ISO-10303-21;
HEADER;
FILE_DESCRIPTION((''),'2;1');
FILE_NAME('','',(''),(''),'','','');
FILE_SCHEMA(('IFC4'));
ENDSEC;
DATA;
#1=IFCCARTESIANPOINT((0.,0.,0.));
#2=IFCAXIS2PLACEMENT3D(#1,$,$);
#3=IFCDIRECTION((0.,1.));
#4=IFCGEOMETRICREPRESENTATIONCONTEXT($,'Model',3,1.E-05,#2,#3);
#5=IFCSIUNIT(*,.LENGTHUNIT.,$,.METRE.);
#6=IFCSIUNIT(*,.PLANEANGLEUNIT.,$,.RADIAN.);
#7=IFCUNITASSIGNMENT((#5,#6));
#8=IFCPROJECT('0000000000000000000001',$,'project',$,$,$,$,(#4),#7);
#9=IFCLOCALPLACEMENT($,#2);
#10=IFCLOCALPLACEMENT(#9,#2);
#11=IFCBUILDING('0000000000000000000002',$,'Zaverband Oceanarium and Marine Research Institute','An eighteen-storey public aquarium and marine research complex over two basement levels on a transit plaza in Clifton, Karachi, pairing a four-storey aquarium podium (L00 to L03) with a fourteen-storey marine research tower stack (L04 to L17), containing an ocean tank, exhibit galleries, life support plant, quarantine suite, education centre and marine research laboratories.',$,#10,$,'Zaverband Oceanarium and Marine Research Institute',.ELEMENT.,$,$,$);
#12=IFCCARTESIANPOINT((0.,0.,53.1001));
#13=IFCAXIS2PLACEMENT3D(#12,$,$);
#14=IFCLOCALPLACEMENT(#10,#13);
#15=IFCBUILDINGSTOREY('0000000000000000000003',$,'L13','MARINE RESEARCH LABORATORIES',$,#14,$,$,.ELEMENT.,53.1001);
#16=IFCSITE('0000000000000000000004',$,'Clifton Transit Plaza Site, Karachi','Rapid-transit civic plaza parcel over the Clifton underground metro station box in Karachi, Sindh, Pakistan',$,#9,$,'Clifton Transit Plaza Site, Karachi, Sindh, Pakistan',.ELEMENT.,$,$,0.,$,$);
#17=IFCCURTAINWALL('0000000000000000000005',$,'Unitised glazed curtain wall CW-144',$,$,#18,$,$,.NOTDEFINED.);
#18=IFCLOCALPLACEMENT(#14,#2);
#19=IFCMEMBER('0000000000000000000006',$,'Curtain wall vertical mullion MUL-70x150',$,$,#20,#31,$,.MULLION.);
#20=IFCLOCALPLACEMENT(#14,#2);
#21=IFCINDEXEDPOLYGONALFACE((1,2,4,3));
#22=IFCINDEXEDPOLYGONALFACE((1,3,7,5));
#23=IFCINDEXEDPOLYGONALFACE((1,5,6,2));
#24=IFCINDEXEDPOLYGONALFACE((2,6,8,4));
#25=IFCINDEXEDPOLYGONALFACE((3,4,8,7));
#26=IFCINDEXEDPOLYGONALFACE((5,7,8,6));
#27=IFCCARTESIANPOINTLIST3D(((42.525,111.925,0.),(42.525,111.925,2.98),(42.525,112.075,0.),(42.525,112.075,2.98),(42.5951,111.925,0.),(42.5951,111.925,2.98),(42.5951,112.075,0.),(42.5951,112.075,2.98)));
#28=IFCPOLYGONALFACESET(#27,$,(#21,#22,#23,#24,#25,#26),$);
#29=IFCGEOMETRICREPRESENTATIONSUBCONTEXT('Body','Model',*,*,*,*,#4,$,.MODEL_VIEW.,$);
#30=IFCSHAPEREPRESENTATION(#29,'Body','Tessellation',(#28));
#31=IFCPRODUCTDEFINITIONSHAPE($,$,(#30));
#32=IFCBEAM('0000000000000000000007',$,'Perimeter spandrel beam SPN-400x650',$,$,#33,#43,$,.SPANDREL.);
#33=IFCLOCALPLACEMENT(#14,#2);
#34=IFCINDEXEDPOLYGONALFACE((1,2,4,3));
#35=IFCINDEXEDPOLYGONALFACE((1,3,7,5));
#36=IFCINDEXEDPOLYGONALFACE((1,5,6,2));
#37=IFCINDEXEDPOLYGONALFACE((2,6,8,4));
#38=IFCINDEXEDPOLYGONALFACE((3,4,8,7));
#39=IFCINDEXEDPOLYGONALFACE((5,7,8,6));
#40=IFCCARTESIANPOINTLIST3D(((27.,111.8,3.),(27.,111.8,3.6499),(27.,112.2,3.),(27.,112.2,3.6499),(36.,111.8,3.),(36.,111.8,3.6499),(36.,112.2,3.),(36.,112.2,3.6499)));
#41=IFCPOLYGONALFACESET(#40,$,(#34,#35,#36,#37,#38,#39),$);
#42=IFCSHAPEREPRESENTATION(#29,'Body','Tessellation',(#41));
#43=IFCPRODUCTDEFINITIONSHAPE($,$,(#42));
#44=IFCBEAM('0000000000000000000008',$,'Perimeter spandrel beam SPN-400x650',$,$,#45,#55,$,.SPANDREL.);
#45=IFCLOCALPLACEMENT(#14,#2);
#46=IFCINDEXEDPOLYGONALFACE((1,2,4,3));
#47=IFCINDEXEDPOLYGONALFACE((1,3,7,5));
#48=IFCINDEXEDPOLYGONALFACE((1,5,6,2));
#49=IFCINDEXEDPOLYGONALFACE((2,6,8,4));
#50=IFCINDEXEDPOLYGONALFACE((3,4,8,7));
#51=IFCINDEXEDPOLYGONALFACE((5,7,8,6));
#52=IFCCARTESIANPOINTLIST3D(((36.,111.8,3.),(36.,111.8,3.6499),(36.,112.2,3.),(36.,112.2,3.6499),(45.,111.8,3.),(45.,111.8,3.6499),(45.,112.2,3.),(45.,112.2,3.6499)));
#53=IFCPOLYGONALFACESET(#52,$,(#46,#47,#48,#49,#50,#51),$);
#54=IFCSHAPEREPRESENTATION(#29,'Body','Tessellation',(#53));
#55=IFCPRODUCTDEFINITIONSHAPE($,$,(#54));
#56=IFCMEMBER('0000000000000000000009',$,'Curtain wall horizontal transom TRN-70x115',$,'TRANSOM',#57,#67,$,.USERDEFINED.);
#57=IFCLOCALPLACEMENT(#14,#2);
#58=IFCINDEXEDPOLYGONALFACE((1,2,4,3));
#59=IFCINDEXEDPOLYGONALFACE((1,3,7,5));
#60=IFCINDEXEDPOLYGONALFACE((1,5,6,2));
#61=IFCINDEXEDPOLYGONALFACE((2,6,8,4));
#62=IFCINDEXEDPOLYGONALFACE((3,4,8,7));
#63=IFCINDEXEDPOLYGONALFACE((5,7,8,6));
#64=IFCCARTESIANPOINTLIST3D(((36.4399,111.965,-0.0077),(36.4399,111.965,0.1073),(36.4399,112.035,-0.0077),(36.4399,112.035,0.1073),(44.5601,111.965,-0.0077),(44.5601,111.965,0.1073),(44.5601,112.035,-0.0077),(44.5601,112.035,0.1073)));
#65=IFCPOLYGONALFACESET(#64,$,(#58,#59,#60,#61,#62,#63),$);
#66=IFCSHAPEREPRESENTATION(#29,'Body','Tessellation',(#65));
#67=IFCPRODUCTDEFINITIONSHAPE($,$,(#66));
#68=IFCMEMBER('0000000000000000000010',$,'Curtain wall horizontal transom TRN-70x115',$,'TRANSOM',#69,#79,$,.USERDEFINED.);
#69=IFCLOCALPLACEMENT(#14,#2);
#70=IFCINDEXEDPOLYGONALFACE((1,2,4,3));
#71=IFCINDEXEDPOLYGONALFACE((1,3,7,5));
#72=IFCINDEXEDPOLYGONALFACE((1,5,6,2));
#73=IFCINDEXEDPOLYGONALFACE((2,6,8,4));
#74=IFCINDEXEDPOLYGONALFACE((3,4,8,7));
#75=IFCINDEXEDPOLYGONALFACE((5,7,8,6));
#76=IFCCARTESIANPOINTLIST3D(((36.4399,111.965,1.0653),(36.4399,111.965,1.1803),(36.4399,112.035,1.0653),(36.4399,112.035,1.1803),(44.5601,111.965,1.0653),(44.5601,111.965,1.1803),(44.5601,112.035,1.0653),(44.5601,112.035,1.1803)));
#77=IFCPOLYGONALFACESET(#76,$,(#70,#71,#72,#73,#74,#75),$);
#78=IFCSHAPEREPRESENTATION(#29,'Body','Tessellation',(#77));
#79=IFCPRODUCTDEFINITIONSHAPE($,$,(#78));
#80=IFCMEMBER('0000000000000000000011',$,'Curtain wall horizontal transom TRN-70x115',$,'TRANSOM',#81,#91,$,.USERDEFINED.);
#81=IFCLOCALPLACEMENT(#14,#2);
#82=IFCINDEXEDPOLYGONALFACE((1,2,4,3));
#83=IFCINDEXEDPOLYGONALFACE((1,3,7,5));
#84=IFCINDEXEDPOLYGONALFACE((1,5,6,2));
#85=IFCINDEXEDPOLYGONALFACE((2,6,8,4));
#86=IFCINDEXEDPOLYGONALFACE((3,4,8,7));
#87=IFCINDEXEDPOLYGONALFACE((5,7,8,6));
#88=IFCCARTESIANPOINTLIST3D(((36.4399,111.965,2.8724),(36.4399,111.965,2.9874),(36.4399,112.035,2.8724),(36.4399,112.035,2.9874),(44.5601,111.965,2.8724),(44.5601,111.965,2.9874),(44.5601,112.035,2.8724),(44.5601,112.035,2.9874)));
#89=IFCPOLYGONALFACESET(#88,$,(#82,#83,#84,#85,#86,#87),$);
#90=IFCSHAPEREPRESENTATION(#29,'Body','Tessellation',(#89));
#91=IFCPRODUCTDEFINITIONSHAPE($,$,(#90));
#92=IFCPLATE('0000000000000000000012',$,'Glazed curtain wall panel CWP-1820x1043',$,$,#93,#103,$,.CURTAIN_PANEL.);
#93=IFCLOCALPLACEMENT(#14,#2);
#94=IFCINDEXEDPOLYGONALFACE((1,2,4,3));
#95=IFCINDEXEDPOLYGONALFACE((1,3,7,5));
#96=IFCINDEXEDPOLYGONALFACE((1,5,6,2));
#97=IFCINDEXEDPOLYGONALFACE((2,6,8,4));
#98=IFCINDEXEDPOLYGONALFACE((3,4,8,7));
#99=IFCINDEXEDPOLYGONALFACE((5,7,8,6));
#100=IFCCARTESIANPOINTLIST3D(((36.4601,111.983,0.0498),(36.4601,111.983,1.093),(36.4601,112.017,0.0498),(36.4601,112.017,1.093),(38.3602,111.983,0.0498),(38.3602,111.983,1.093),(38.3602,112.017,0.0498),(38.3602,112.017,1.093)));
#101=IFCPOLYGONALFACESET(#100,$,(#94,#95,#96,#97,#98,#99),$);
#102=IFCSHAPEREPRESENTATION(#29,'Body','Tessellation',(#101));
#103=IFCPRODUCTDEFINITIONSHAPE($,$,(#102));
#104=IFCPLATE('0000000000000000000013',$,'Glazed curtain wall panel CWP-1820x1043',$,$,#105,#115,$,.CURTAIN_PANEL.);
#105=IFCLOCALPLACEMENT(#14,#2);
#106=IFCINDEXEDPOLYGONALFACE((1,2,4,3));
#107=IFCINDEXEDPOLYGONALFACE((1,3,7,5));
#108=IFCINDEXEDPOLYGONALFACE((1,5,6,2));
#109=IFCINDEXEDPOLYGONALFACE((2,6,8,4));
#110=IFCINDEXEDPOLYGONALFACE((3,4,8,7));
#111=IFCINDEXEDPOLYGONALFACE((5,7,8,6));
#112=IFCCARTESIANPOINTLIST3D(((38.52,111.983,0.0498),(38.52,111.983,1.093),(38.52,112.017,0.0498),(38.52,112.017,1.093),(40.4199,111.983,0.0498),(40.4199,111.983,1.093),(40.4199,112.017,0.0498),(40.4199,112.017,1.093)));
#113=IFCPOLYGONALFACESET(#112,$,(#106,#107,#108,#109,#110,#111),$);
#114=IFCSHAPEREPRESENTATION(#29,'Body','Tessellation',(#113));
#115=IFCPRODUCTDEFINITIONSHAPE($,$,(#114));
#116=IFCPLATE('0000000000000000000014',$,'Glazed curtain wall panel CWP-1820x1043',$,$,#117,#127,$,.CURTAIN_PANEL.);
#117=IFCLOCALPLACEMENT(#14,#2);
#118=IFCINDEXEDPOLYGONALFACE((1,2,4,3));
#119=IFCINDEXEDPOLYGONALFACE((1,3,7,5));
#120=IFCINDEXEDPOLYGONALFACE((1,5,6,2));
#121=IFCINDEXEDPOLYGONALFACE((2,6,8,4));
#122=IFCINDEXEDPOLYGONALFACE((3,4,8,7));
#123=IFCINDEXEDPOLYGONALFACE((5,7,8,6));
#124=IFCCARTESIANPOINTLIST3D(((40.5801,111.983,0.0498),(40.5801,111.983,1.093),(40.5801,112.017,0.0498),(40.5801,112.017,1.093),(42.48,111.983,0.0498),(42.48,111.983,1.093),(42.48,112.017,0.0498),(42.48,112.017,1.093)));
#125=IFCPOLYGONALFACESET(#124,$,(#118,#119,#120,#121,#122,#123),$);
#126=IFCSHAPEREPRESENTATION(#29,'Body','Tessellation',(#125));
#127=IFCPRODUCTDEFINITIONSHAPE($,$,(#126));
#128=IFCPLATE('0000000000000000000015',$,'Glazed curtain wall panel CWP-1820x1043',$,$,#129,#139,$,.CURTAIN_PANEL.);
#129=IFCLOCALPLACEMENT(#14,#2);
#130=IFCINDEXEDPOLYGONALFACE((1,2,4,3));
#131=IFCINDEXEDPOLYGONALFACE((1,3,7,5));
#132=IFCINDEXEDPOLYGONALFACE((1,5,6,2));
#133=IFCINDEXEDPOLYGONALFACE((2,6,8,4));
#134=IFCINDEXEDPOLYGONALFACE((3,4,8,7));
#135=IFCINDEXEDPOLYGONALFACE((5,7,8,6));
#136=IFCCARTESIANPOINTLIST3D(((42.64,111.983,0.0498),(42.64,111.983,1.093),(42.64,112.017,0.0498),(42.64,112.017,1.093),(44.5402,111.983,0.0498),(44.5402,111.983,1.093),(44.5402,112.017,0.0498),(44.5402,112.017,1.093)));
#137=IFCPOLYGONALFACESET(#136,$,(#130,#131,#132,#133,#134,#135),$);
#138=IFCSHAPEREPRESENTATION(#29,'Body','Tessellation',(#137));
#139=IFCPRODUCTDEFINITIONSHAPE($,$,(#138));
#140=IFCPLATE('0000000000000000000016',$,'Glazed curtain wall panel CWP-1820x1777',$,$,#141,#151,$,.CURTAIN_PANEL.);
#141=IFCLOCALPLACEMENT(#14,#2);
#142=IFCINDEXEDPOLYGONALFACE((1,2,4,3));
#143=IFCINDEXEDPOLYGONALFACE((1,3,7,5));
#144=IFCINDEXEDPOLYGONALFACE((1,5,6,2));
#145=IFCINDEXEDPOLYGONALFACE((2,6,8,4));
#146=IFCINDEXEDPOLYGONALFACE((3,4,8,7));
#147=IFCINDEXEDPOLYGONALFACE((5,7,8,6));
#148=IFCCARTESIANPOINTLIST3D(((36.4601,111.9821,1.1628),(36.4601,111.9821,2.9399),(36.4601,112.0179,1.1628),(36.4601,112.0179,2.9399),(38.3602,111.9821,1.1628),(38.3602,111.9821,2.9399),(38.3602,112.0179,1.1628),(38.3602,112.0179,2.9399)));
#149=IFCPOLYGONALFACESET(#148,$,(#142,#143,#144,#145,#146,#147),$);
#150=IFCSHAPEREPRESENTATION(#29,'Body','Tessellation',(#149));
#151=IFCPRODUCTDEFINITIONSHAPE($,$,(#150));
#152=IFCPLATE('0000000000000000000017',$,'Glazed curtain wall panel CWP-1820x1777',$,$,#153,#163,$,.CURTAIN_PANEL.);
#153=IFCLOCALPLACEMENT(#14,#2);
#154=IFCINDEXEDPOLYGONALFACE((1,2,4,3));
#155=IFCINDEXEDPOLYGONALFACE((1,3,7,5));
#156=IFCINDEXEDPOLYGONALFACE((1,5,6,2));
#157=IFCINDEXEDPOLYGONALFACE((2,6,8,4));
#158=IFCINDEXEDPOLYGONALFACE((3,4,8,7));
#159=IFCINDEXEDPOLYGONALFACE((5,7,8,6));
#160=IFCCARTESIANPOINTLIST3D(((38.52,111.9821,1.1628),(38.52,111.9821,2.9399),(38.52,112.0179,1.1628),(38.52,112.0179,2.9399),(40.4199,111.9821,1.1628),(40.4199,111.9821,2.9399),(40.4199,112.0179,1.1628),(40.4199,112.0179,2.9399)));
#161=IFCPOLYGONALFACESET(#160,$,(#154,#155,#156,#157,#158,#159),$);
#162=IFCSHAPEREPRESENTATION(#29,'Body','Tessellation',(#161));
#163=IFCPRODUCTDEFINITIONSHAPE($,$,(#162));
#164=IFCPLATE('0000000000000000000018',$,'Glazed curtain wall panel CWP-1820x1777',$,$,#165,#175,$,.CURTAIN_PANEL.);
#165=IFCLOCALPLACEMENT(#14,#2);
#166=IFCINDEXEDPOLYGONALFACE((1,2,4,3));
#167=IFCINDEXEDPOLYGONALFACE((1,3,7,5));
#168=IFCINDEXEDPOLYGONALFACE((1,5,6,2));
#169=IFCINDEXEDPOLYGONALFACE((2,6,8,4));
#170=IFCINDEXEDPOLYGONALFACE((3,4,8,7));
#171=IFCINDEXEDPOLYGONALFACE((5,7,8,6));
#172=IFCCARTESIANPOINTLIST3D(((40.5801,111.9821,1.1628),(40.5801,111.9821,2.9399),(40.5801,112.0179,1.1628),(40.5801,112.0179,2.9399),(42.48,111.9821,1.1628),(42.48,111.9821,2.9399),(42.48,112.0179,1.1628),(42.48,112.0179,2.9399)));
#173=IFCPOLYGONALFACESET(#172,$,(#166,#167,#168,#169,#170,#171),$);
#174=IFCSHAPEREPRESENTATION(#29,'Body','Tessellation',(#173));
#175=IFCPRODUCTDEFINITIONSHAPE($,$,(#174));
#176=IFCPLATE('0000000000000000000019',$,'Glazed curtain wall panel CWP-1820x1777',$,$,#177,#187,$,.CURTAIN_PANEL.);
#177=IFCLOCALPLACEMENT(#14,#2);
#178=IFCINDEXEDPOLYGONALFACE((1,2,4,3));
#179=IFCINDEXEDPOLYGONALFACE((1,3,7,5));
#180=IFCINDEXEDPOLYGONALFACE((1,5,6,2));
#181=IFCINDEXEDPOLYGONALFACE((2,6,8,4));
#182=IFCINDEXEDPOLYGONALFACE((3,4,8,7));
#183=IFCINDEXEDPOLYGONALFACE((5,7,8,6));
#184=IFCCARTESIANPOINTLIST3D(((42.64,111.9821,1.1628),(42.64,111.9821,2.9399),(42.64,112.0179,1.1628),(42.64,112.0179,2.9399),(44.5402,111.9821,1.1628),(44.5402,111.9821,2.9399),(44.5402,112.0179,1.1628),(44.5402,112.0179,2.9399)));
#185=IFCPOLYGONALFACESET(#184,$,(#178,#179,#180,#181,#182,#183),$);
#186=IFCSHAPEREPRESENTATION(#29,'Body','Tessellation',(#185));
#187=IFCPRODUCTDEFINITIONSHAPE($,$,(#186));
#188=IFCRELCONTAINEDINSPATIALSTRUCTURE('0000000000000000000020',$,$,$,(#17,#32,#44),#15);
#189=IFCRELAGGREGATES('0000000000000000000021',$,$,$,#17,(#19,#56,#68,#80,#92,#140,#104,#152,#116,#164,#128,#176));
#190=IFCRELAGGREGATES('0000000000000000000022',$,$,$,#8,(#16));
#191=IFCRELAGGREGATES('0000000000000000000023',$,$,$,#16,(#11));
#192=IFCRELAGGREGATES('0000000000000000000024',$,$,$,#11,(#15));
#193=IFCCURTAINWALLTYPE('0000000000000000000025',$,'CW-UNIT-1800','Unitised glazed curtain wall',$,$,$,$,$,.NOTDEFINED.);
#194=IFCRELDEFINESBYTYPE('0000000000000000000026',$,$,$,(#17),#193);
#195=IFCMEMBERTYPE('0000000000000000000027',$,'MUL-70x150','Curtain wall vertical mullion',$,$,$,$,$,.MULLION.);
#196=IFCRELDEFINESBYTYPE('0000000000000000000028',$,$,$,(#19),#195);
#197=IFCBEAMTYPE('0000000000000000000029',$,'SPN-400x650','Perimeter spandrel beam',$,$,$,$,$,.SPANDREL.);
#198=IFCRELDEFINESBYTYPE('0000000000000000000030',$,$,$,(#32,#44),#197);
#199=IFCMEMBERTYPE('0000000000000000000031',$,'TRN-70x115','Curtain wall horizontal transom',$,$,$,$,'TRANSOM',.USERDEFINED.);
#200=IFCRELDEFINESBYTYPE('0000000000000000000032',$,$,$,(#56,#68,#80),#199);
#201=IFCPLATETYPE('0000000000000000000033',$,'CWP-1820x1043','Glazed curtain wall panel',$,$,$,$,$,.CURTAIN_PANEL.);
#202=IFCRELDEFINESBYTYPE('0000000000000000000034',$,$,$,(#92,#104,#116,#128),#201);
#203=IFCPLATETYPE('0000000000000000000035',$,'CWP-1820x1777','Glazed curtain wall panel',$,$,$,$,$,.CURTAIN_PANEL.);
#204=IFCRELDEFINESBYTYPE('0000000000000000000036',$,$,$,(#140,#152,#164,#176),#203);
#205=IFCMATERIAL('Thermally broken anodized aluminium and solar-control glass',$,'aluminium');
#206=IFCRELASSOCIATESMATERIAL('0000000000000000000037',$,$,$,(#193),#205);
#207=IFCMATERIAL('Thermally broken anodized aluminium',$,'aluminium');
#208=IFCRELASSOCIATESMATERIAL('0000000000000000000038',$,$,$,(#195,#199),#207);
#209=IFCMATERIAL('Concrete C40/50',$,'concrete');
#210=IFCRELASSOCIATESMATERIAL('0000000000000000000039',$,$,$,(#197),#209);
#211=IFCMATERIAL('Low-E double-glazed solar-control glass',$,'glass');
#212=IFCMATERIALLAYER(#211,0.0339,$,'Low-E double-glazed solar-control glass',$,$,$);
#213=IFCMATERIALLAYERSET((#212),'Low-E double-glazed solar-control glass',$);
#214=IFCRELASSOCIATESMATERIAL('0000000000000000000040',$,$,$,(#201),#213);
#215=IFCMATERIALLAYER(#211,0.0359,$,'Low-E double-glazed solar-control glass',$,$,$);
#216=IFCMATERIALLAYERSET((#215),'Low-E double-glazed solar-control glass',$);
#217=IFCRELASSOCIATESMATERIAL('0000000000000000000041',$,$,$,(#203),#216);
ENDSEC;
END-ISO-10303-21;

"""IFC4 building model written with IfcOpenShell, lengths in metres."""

from ifc_helpers import new_model, si_unit, direction, frame, frame_2d, origin, origin_2d, place, context, subcontext, project, spatial, rectangle, extrude, material, layer, layer_set, material_profile, profile_set, type_object, element, aggregate, save


model = new_model("IFC4")

# Units and contexts
model_context = context("Model", 3, precision=1e-05, world=origin(), true_north=direction((0.0, 1.0)))
body_context = subcontext(model_context, "Body", "Model", "MODEL_VIEW")
ifc_project = project(units=[si_unit("LENGTHUNIT", "METRE"), si_unit("PLANEANGLEUNIT", "RADIAN")], contexts=[model_context])

# Site, building, storey
site_placement = place(None, origin())
site = spatial("IfcSite", under=ifc_project, at=site_placement, Name="Clifton Transit Plaza Site, Karachi", Description="Rapid-transit civic plaza parcel over the Clifton underground metro station box in Karachi, Sindh, Pakistan", LongName="Clifton Transit Plaza Site, Karachi, Sindh, Pakistan", CompositionType="ELEMENT", RefElevation=0.0)
building_placement = place(site_placement, origin())
building = spatial("IfcBuilding", under=site, at=building_placement, Name="Zaverband Oceanarium and Marine Research Institute", Description="An eighteen-storey public aquarium and marine research complex over two basement levels on a transit plaza in Clifton, Karachi, pairing a four-storey aquarium podium (L00 to L03) with a fourteen-storey marine research tower stack (L04 to L17), containing an ocean tank, exhibit galleries, life support plant, quarantine suite, education centre and marine research laboratories.", LongName="Zaverband Oceanarium and Marine Research Institute", CompositionType="ELEMENT")
storey_placement = place(building_placement, frame((0.0, 0.0, 53.1001)))
storey = spatial("IfcBuildingStorey", under=building, at=storey_placement, Name="L13", Description="MARINE RESEARCH LABORATORIES", CompositionType="ELEMENT", Elevation=53.1001)

# Shared definitions
ifc_material_1 = material(Name="Concrete C40/50", Category="concrete")

# Curtain wall, member
ifc_material_2 = material(Name="Thermally broken anodized aluminium and solar-control glass", Category="aluminium")
curtain_wall_type = type_object("IfcCurtainWallType", Name="CW-UNIT-1800", Description="Unitised glazed curtain wall", PredefinedType="NOTDEFINED", material=ifc_material_2)
curtain_wall_placement = place(storey_placement, origin())
curtain_wall = element("IfcCurtainWall", 1, at=curtain_wall_placement, inside=storey, type_object=curtain_wall_type, Name="Unitised glazed curtain wall CW-144", PredefinedType="NOTDEFINED")
ifc_material_3 = material(Name="Thermally broken anodized aluminium", Category="aluminium")
ifc_material_profile_1 = material_profile(ifc_material_3, rectangle(XDim=0.0701, YDim=0.1499, at=origin_2d()), Name="AL-MUL-70x150")
ifc_profile_set_1 = profile_set([ifc_material_profile_1], Name="Thermally broken anodized aluminium")
member_type_1 = type_object("IfcMemberType", Name="MUL-70x150", Description="Curtain wall vertical mullion", PredefinedType="MULLION", material=ifc_profile_set_1)
member_1_placement = place(storey_placement, frame((42.5601, 112.0, 0.0), z_axis=(0.0, 0.0, 1.0), x_axis=(1.0, 0.0, 0.0)))
member_1 = element("IfcMember", 2, at=member_1_placement, type_object=member_type_1, Name="Curtain wall vertical mullion MUL-70x150", PredefinedType="MULLION", context=body_context, shape_type="SweptSolid", body=[
    extrude(rectangle(XDim=0.0701, YDim=0.1499, at=origin_2d()), origin(), (0.0, 0.0, 1.0), 2.98),
])

# Beams
ifc_material_profile_2 = material_profile(ifc_material_1, rectangle(XDim=0.3999, YDim=0.6499, at=origin_2d()), Name="RC400x650")
ifc_profile_set_2 = profile_set([ifc_material_profile_2], Name="Concrete C40/50")
beam_type_1 = type_object("IfcBeamType", Name="SPN-400x650", Description="Perimeter spandrel beam", PredefinedType="SPANDREL", material=ifc_profile_set_2)
for number, where, z_axis, x_axis, name in (
    (3, (27.0, 112.0, 3.325), (1.0, 0.0, 0.0), (0.0, 1.0, 0.0), "Perimeter spandrel beam SPN-400x650"),
    (4, (36.0, 112.0, 3.325), (1.0, 0.0, 0.0), (0.0, 1.0, 0.0), "Perimeter spandrel beam SPN-400x650"),
):
    element("IfcBeam", number, at=place(storey_placement, frame(where, z_axis=z_axis, x_axis=x_axis)), inside=storey, type_object=beam_type_1, Name=name, PredefinedType="SPANDREL", context=body_context, shape_type="SweptSolid", body=[
        extrude(rectangle(XDim=0.3999, YDim=0.6499, at=origin_2d()), origin(), (0.0, 0.0, 1.0), 9.0),
    ])

# Members
ifc_material_profile_3 = material_profile(ifc_material_3, rectangle(XDim=0.0701, YDim=0.115, at=origin_2d()), Name="AL-TRN-70x115")
ifc_profile_set_3 = profile_set([ifc_material_profile_3], Name="Thermally broken anodized aluminium")
member_type_2 = type_object("IfcMemberType", Name="TRN-70x115", Description="Curtain wall horizontal transom", ElementType="TRANSOM", PredefinedType="USERDEFINED", material=ifc_profile_set_3)
member_2_placement = place(storey_placement, frame((36.4399, 112.0, 0.0498), z_axis=(1.0, 0.0, 0.0), x_axis=(0.0, 1.0, 0.0)))
member_2 = element("IfcMember", 5, at=member_2_placement, type_object=member_type_2, Name="Curtain wall horizontal transom TRN-70x115", ObjectType="TRANSOM", PredefinedType="USERDEFINED", context=body_context, shape_type="SweptSolid", body=[
    extrude(rectangle(XDim=0.0701, YDim=0.115, at=origin_2d()), origin(), (0.0, 0.0, 1.0), 8.1201),
])
member_3_placement = place(storey_placement, frame((36.4399, 112.0, 1.1228), z_axis=(1.0, 0.0, 0.0), x_axis=(0.0, 1.0, 0.0)))
member_3 = element("IfcMember", 6, at=member_3_placement, type_object=member_type_2, Name="Curtain wall horizontal transom TRN-70x115", ObjectType="TRANSOM", PredefinedType="USERDEFINED", context=body_context, shape_type="SweptSolid", body=[
    extrude(rectangle(XDim=0.0701, YDim=0.115, at=origin_2d()), origin(), (0.0, 0.0, 1.0), 8.1201),
])
member_4_placement = place(storey_placement, frame((36.4399, 112.0, 2.9299), z_axis=(1.0, 0.0, 0.0), x_axis=(0.0, 1.0, 0.0)))
member_4 = element("IfcMember", 7, at=member_4_placement, type_object=member_type_2, Name="Curtain wall horizontal transom TRN-70x115", ObjectType="TRANSOM", PredefinedType="USERDEFINED", context=body_context, shape_type="SweptSolid", body=[
    extrude(rectangle(XDim=0.0701, YDim=0.115, at=origin_2d()), origin(), (0.0, 0.0, 1.0), 8.1201),
])

# Plates
ifc_material_4 = material(Name="Low-E double-glazed solar-control glass", Category="glass")
ifc_layer_1 = layer(ifc_material_4, 0.0339, Name="Low-E double-glazed solar-control glass")
ifc_layer_set_1 = layer_set([ifc_layer_1], Name="Low-E double-glazed solar-control glass")
plate_type_1 = type_object("IfcPlateType", Name="CWP-1820x1043", Description="Glazed curtain wall panel", PredefinedType="CURTAIN_PANEL", material=ifc_layer_set_1)
plate_1_placement = place(storey_placement, frame((36.46, 112.0, 0.0498), z_axis=(0.0, 0.0, 1.0), x_axis=(1.0, 0.0, 0.0)))
plate_1 = element("IfcPlate", 8, at=plate_1_placement, type_object=plate_type_1, Name="Glazed curtain wall panel CWP-1820x1043", PredefinedType="CURTAIN_PANEL", context=body_context, shape_type="SweptSolid", body=[
    extrude(rectangle(XDim=1.9001, YDim=0.0339, at=frame_2d((0.9502, 0.0))), origin(), (0.0, 0.0, 1.0), 1.0432),
])
plate_2_placement = place(storey_placement, frame((38.52, 112.0, 0.0498), z_axis=(0.0, 0.0, 1.0), x_axis=(1.0, 0.0, 0.0)))
plate_2 = element("IfcPlate", 9, at=plate_2_placement, type_object=plate_type_1, Name="Glazed curtain wall panel CWP-1820x1043", PredefinedType="CURTAIN_PANEL", context=body_context, shape_type="SweptSolid", body=[
    extrude(rectangle(XDim=1.8999, YDim=0.0339, at=frame_2d((0.95, 0.0))), origin(), (0.0, 0.0, 1.0), 1.0432),
])
plate_3_placement = place(storey_placement, frame((40.5801, 112.0, 0.0498), z_axis=(0.0, 0.0, 1.0), x_axis=(1.0, 0.0, 0.0)))
plate_3 = element("IfcPlate", 10, at=plate_3_placement, type_object=plate_type_1, Name="Glazed curtain wall panel CWP-1820x1043", PredefinedType="CURTAIN_PANEL", context=body_context, shape_type="SweptSolid", body=[
    extrude(rectangle(XDim=1.8999, YDim=0.0339, at=frame_2d((0.95, 0.0))), origin(), (0.0, 0.0, 1.0), 1.0432),
])
plate_4_placement = place(storey_placement, frame((42.6399, 112.0, 0.0498), z_axis=(0.0, 0.0, 1.0), x_axis=(1.0, 0.0, 0.0)))
plate_4 = element("IfcPlate", 11, at=plate_4_placement, type_object=plate_type_1, Name="Glazed curtain wall panel CWP-1820x1043", PredefinedType="CURTAIN_PANEL", context=body_context, shape_type="SweptSolid", body=[
    extrude(rectangle(XDim=1.9001, YDim=0.0339, at=frame_2d((0.9502, 0.0))), origin(), (0.0, 0.0, 1.0), 1.0432),
])
ifc_layer_2 = layer(ifc_material_4, 0.0359, Name="Low-E double-glazed solar-control glass")
ifc_layer_set_2 = layer_set([ifc_layer_2], Name="Low-E double-glazed solar-control glass")
plate_type_2 = type_object("IfcPlateType", Name="CWP-1820x1777", Description="Glazed curtain wall panel", PredefinedType="CURTAIN_PANEL", material=ifc_layer_set_2)
plate_5_placement = place(storey_placement, frame((36.46, 112.0, 1.1628), z_axis=(0.0, 0.0, 1.0), x_axis=(1.0, 0.0, 0.0)))
plate_5 = element("IfcPlate", 12, at=plate_5_placement, type_object=plate_type_2, Name="Glazed curtain wall panel CWP-1820x1777", PredefinedType="CURTAIN_PANEL", context=body_context, shape_type="SweptSolid", body=[
    extrude(rectangle(XDim=1.9001, YDim=0.0359, at=frame_2d((0.9502, 0.0))), origin(), (0.0, 0.0, 1.0), 1.7771),
])
plate_6_placement = place(storey_placement, frame((38.52, 112.0, 1.1628), z_axis=(0.0, 0.0, 1.0), x_axis=(1.0, 0.0, 0.0)))
plate_6 = element("IfcPlate", 13, at=plate_6_placement, type_object=plate_type_2, Name="Glazed curtain wall panel CWP-1820x1777", PredefinedType="CURTAIN_PANEL", context=body_context, shape_type="SweptSolid", body=[
    extrude(rectangle(XDim=1.8999, YDim=0.0359, at=frame_2d((0.95, 0.0))), origin(), (0.0, 0.0, 1.0), 1.7771),
])
plate_7_placement = place(storey_placement, frame((40.5801, 112.0, 1.1628), z_axis=(0.0, 0.0, 1.0), x_axis=(1.0, 0.0, 0.0)))
plate_7 = element("IfcPlate", 14, at=plate_7_placement, type_object=plate_type_2, Name="Glazed curtain wall panel CWP-1820x1777", PredefinedType="CURTAIN_PANEL", context=body_context, shape_type="SweptSolid", body=[
    extrude(rectangle(XDim=1.8999, YDim=0.0359, at=frame_2d((0.95, 0.0))), origin(), (0.0, 0.0, 1.0), 1.7771),
])
plate_8_placement = place(storey_placement, frame((42.6399, 112.0, 1.1628), z_axis=(0.0, 0.0, 1.0), x_axis=(1.0, 0.0, 0.0)))
plate_8 = element("IfcPlate", 15, at=plate_8_placement, type_object=plate_type_2, Name="Glazed curtain wall panel CWP-1820x1777", PredefinedType="CURTAIN_PANEL", context=body_context, shape_type="SweptSolid", body=[
    extrude(rectangle(XDim=1.9001, YDim=0.0359, at=frame_2d((0.9502, 0.0))), origin(), (0.0, 0.0, 1.0), 1.7771),
])
aggregate(curtain_wall, [member_1, member_2, member_3, member_4, plate_1, plate_5, plate_2, plate_6, plate_3, plate_7, plate_4, plate_8])

save(model, "model.ifc")
